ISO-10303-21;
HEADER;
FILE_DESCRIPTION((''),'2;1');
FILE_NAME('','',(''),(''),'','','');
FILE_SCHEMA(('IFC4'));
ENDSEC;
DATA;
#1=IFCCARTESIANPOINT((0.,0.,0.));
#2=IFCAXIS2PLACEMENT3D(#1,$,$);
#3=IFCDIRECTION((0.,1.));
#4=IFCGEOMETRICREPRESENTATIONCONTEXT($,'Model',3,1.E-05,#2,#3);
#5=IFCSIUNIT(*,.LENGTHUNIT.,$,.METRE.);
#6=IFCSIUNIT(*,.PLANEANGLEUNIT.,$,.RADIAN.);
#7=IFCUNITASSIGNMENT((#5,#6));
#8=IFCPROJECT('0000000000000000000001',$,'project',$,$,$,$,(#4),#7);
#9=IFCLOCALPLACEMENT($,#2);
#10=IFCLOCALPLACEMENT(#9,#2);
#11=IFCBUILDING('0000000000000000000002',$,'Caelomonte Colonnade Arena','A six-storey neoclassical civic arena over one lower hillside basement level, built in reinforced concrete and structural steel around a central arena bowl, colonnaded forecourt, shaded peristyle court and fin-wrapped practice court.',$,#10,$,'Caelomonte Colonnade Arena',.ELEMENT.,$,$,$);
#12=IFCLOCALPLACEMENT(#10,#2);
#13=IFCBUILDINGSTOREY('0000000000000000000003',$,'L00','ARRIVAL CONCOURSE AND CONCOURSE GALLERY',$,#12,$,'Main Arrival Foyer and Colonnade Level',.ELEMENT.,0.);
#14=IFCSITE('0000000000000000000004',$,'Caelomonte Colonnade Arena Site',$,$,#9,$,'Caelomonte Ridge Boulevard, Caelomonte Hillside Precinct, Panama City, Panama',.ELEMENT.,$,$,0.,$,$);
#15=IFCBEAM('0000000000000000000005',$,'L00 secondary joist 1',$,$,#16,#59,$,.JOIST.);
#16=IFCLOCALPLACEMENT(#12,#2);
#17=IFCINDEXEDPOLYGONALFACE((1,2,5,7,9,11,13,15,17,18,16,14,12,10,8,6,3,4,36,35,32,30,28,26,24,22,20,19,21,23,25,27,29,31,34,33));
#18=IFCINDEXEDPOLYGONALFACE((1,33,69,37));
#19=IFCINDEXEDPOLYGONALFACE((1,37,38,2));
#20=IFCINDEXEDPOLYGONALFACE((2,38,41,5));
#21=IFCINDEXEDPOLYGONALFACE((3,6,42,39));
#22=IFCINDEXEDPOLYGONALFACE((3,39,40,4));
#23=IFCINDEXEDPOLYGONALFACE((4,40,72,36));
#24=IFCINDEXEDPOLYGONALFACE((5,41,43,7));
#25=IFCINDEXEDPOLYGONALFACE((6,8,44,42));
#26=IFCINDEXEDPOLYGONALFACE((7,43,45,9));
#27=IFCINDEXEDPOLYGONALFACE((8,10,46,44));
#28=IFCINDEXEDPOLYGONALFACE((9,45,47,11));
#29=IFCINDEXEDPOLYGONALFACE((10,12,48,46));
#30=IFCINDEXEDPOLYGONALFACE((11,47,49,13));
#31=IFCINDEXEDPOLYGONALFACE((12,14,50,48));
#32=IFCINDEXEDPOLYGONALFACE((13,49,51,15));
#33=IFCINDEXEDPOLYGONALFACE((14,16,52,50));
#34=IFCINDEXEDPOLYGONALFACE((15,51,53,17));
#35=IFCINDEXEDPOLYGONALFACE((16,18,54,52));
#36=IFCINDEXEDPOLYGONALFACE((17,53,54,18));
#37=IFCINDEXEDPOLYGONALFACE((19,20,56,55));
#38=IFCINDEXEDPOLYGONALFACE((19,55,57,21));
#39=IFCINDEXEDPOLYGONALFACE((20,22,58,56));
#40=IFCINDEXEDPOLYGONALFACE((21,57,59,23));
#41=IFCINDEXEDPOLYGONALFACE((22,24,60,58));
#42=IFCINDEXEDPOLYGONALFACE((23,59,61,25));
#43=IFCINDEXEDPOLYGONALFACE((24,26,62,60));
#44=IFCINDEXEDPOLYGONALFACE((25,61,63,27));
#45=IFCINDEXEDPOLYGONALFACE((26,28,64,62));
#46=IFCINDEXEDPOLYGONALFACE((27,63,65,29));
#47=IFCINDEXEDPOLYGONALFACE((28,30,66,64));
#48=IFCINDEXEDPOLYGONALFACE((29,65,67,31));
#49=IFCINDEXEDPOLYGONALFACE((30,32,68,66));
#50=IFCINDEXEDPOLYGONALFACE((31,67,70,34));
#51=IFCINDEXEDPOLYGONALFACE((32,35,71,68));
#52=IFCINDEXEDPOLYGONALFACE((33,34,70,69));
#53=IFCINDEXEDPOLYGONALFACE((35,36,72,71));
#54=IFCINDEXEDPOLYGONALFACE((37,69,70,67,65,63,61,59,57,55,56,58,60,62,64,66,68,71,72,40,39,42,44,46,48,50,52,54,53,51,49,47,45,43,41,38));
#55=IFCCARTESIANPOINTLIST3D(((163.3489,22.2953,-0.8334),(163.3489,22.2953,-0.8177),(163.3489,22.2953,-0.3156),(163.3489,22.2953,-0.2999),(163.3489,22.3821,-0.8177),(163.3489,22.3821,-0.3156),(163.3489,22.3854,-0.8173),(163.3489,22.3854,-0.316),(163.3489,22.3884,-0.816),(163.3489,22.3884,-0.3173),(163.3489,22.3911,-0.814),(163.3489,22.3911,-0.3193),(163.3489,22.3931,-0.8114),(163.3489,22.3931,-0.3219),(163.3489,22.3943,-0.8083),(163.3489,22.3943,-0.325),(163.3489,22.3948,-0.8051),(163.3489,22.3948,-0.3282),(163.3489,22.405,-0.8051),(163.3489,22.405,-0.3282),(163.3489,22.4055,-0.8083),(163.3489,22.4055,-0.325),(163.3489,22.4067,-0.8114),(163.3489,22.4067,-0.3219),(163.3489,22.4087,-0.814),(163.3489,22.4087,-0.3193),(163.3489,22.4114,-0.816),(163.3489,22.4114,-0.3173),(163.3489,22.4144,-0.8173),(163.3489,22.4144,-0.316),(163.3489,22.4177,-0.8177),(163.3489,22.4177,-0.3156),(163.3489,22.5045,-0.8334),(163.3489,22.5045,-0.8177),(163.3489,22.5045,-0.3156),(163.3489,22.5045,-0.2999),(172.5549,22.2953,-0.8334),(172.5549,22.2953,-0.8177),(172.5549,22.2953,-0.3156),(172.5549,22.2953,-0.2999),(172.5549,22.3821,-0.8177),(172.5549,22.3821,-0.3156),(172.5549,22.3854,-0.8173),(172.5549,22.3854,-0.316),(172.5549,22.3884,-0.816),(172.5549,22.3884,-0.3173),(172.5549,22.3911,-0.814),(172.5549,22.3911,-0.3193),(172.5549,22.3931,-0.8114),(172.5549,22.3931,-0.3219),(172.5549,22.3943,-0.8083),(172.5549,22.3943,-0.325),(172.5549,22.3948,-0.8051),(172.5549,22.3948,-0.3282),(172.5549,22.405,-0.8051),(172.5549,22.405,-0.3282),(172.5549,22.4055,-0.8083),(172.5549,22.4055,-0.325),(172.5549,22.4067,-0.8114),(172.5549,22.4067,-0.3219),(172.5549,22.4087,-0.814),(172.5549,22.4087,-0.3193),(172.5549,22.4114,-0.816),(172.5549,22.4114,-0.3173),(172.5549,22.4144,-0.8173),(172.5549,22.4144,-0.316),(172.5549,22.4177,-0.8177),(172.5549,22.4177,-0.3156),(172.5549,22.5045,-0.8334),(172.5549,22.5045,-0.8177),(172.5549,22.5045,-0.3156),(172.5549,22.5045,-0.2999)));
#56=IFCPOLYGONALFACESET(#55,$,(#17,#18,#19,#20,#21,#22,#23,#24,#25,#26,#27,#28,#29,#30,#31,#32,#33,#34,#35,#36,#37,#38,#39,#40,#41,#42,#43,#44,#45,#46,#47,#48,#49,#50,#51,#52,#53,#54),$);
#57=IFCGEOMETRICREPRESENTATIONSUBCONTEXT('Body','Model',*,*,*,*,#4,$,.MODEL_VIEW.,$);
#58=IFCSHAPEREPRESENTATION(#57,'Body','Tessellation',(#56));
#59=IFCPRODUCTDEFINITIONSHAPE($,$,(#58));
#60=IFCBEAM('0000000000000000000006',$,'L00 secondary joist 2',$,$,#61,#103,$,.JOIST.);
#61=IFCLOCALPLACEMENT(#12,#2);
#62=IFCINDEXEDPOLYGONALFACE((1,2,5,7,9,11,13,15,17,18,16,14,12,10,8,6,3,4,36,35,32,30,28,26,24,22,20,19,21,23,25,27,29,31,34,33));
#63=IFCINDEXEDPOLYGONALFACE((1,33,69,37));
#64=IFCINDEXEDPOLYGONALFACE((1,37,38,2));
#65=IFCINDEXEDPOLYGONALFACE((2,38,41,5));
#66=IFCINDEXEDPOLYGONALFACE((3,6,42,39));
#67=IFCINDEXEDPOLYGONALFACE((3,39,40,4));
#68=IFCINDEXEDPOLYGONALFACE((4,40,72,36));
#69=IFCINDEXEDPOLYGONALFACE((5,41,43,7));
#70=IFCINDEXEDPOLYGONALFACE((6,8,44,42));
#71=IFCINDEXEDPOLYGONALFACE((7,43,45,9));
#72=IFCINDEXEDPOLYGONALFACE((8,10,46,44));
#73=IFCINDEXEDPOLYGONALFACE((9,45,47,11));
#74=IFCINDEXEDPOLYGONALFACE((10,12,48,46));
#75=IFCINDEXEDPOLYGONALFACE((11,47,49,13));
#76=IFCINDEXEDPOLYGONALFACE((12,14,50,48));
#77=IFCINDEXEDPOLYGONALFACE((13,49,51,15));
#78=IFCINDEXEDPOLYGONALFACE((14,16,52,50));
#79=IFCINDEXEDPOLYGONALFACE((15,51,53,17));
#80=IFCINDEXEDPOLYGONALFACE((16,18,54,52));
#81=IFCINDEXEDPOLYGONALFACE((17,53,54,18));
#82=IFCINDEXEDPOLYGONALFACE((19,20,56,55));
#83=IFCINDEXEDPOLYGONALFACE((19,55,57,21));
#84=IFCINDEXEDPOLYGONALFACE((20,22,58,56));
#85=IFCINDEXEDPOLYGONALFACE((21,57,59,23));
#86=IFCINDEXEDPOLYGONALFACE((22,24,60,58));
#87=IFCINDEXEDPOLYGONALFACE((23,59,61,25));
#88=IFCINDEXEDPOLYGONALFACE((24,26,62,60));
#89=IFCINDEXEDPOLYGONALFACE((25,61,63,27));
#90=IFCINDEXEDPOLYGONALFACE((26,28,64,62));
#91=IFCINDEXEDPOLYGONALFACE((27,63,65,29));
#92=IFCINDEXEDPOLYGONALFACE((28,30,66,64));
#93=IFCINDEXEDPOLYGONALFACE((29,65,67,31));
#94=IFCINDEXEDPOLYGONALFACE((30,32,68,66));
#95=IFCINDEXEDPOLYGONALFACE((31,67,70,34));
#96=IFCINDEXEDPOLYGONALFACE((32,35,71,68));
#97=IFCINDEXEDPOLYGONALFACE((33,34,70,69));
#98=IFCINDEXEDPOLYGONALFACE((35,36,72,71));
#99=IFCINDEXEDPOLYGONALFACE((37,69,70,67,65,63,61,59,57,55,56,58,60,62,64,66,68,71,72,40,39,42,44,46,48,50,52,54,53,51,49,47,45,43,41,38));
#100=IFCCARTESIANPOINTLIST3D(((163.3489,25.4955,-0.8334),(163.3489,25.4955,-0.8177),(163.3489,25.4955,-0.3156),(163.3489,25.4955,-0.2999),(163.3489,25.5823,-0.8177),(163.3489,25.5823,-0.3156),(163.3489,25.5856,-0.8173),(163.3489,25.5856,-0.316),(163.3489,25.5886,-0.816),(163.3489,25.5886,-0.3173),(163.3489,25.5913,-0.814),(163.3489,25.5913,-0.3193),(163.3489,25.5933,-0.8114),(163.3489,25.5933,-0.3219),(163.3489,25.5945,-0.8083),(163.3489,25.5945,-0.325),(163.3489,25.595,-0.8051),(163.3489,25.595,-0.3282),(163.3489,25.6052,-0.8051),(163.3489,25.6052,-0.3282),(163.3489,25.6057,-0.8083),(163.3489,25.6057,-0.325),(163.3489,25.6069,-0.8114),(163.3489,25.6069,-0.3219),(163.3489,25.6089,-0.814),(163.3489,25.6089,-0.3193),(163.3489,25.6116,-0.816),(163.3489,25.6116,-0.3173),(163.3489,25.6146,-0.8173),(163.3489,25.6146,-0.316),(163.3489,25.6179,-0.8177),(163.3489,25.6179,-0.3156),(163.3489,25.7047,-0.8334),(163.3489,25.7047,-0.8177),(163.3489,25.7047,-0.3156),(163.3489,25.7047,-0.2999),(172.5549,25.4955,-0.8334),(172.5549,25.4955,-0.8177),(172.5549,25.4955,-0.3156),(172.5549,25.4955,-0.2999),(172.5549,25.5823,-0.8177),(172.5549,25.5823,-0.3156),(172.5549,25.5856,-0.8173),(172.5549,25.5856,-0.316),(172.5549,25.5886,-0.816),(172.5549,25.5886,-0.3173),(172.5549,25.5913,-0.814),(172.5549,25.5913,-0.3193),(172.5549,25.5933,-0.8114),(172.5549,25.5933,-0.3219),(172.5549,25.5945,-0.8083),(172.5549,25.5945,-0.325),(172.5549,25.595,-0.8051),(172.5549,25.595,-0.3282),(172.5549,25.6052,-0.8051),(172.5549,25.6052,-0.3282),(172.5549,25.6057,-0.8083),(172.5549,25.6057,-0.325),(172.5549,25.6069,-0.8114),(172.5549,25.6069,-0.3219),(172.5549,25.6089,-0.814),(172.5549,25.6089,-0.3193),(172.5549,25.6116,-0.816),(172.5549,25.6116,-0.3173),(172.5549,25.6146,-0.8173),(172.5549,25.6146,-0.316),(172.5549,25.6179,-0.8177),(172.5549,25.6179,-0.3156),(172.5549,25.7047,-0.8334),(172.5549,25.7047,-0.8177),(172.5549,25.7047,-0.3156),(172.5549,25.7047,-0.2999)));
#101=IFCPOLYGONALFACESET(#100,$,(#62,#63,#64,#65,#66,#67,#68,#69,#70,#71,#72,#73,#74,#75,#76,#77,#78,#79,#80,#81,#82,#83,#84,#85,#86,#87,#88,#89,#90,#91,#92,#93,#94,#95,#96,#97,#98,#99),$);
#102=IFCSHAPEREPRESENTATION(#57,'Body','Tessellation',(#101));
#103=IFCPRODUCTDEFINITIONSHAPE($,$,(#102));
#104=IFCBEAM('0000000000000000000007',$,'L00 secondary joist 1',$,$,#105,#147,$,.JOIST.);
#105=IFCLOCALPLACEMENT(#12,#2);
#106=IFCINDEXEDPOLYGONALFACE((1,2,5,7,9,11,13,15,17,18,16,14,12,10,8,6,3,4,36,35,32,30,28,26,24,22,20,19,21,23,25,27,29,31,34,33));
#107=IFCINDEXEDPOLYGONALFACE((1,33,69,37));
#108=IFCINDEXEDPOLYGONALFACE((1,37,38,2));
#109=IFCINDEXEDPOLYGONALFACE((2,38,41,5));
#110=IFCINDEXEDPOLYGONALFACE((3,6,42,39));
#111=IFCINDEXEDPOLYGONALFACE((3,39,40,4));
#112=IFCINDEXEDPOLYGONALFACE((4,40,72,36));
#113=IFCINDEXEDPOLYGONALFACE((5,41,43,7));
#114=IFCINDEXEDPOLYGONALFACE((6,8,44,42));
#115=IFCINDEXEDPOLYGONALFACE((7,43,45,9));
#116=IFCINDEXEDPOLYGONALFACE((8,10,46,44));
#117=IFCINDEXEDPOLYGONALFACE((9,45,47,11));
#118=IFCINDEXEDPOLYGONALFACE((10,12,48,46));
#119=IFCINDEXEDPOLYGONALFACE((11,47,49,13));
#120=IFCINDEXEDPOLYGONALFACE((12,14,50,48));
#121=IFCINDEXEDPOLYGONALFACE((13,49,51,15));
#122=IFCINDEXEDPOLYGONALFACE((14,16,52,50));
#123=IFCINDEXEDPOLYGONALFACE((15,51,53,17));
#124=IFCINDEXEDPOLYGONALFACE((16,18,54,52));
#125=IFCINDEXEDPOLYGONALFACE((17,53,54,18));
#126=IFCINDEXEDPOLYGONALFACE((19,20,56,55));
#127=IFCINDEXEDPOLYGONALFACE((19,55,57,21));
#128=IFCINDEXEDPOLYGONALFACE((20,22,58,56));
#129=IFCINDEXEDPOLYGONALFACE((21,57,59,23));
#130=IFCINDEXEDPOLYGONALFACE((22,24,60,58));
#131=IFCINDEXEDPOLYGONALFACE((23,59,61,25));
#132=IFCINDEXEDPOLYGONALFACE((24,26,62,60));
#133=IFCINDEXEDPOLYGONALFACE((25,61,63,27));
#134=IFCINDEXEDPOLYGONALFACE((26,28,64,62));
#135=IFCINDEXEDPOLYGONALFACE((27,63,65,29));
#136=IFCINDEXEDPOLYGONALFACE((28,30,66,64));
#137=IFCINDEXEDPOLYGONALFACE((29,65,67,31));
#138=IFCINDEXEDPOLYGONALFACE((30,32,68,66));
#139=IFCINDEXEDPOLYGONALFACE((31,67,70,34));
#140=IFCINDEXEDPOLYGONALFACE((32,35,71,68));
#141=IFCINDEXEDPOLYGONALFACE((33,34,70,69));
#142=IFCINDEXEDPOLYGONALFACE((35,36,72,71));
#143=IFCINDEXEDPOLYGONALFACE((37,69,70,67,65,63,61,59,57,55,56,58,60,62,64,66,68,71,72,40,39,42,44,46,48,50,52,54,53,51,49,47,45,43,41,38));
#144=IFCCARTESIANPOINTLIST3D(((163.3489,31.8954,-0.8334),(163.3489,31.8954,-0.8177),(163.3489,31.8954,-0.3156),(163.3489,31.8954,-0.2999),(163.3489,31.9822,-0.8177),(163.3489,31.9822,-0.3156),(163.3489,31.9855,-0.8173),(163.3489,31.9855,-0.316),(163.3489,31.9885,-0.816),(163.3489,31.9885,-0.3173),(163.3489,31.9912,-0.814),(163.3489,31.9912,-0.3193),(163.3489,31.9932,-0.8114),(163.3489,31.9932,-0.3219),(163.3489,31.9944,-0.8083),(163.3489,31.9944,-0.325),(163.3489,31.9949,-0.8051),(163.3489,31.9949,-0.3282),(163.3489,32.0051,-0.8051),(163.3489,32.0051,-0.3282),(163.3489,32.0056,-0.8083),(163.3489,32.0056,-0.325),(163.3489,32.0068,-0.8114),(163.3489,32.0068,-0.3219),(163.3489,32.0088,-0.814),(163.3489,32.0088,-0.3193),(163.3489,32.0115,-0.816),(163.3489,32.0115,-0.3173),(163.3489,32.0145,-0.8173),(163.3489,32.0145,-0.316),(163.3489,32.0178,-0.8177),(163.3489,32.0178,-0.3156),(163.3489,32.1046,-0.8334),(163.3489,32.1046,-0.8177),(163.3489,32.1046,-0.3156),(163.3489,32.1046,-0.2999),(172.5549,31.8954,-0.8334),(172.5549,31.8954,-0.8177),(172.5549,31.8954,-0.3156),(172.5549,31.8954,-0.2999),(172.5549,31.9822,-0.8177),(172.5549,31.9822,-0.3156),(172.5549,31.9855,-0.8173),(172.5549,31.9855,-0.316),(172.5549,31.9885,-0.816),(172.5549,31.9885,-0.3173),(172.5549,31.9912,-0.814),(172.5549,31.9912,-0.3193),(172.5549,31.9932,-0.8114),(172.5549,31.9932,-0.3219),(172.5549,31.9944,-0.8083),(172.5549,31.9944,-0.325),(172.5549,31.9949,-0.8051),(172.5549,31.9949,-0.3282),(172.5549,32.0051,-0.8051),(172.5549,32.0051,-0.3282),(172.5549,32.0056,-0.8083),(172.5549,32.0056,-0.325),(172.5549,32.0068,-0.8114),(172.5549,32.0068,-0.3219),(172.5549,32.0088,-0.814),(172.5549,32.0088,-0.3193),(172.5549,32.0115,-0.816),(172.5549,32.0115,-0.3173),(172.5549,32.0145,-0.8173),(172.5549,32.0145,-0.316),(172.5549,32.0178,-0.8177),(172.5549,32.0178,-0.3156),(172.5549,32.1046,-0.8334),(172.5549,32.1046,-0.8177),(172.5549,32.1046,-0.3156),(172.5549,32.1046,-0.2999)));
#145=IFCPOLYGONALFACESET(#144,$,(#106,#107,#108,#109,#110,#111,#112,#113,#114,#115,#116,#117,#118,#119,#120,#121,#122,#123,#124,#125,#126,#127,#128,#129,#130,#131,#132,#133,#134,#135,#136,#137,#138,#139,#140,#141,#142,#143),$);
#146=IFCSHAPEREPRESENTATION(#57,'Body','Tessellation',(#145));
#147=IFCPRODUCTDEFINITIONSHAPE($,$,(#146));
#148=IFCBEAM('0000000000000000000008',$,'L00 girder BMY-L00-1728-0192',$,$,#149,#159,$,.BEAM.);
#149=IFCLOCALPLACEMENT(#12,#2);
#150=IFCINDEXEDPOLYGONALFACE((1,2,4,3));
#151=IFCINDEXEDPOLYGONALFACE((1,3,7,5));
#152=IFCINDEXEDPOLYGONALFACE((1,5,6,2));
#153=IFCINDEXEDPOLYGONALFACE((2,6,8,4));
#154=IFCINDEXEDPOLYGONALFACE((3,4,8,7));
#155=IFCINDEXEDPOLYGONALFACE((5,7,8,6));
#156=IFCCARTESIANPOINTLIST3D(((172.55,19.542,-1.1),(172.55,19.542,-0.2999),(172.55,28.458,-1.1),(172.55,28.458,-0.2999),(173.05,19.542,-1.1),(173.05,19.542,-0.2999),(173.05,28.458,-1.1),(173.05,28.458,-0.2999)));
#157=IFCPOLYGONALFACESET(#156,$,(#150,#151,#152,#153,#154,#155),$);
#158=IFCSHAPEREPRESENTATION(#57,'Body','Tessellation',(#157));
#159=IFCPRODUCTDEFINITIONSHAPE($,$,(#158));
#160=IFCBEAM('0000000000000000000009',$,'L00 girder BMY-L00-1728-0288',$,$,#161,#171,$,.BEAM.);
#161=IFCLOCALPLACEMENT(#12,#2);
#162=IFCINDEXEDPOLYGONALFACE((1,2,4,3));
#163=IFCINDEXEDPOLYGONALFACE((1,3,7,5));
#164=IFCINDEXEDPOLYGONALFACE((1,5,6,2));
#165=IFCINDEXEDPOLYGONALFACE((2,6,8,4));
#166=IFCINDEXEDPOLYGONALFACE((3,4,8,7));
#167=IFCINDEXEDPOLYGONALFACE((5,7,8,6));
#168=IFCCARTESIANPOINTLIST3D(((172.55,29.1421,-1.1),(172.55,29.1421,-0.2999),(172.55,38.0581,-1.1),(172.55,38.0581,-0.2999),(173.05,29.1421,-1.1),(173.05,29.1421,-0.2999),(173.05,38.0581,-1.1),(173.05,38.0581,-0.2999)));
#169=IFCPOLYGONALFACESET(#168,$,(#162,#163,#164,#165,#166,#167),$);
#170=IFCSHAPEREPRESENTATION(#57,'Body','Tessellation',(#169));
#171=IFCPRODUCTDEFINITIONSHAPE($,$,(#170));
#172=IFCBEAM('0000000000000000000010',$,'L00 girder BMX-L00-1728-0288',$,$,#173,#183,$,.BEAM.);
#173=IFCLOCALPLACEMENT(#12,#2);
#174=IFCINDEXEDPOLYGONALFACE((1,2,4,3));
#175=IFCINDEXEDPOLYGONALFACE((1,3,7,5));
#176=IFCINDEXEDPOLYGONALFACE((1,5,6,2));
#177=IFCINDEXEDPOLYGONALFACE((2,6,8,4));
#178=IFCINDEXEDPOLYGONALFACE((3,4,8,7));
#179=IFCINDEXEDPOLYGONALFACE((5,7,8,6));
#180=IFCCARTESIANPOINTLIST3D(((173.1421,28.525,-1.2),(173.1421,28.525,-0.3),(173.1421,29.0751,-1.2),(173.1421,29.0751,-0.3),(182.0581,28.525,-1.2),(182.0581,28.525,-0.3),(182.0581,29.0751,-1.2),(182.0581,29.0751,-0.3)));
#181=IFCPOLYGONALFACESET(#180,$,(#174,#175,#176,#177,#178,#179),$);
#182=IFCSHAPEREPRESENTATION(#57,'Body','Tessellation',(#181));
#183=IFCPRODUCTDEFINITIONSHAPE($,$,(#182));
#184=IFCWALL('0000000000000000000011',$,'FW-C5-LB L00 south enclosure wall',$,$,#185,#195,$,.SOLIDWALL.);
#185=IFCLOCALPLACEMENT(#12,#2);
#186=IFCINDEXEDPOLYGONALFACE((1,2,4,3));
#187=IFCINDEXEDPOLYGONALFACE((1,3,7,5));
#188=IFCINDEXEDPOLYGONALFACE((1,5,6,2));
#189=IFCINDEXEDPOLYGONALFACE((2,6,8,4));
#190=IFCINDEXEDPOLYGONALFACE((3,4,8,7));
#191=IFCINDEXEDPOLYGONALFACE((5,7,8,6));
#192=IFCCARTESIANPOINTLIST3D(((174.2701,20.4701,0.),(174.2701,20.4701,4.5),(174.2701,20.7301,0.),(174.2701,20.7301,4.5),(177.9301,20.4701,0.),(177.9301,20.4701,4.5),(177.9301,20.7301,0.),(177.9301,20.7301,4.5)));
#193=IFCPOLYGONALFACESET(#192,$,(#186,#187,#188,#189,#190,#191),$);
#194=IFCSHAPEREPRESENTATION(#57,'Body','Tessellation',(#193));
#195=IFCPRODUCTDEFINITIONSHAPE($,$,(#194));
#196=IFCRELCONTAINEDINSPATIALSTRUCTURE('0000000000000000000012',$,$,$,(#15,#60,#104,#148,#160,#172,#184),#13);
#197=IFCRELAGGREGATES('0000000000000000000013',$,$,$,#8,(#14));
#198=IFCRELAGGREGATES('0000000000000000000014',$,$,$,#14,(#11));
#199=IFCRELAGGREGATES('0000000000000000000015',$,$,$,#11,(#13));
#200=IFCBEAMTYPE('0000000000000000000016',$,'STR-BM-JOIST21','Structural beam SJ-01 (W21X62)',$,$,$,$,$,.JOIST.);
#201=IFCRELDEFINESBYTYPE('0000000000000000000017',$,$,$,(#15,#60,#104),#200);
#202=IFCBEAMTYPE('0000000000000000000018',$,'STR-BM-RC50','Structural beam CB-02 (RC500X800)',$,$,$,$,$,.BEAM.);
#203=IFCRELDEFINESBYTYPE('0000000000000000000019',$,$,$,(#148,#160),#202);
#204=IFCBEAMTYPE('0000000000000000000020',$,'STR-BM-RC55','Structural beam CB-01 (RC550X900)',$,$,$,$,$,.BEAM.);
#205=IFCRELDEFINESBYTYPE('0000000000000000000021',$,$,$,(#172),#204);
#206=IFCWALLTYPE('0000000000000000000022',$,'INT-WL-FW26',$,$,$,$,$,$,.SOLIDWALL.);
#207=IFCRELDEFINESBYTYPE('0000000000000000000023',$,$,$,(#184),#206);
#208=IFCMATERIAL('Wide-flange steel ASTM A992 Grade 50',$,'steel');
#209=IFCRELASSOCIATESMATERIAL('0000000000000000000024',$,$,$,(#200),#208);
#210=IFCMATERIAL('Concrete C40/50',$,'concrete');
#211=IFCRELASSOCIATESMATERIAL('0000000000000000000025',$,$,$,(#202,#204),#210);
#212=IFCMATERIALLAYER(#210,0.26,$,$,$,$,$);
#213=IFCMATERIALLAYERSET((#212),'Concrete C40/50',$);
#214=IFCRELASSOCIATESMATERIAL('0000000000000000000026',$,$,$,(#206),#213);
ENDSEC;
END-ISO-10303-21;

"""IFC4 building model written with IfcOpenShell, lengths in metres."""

from ifc_helpers import new_model, si_unit, direction, frame, frame_2d, origin, origin_2d, place, context, subcontext, project, spatial, rectangle, i_section, extrude, material, layer, layer_set, material_profile, profile_set, type_object, element, save


model = new_model("IFC4")

# Units and contexts
model_context = context("Model", 3, precision=1e-05, world=origin(), true_north=direction((0.0, 1.0)))
body_context = subcontext(model_context, "Body", "Model", "MODEL_VIEW")
ifc_project = project(units=[si_unit("LENGTHUNIT", "METRE"), si_unit("PLANEANGLEUNIT", "RADIAN")], contexts=[model_context])

# Site, building, storey
site_placement = place(None, origin())
site = spatial("IfcSite", under=ifc_project, at=site_placement, Name="Caelomonte Colonnade Arena Site", LongName="Caelomonte Ridge Boulevard, Caelomonte Hillside Precinct, Panama City, Panama", CompositionType="ELEMENT", RefElevation=0.0)
building_placement = place(site_placement, origin())
building = spatial("IfcBuilding", under=site, at=building_placement, Name="Caelomonte Colonnade Arena", Description="A six-storey neoclassical civic arena over one lower hillside basement level, built in reinforced concrete and structural steel around a central arena bowl, colonnaded forecourt, shaded peristyle court and fin-wrapped practice court.", LongName="Caelomonte Colonnade Arena", CompositionType="ELEMENT")
storey_placement = place(building_placement, origin())
storey = spatial("IfcBuildingStorey", under=building, at=storey_placement, Name="L00", Description="ARRIVAL CONCOURSE AND CONCOURSE GALLERY", LongName="Main Arrival Foyer and Colonnade Level", CompositionType="ELEMENT", Elevation=0.0)

# Shared definitions
ifc_material_1 = material(Name="Concrete C40/50", Category="concrete")

# Beams
ifc_material_2 = material(Name="Wide-flange steel ASTM A992 Grade 50", Category="steel")
ifc_material_profile_1 = material_profile(ifc_material_2, i_section(OverallWidth=0.2092, OverallDepth=0.5334, WebThickness=0.0103, FlangeThickness=0.0156, FilletRadius=0.0127, at=origin_2d()), Name="W21X62")
ifc_profile_set_1 = profile_set([ifc_material_profile_1], Name="Wide-flange steel ASTM A992 Grade 50")
beam_type_1 = type_object("IfcBeamType", Name="STR-BM-JOIST21", Description="Structural beam SJ-01 (W21X62)", PredefinedType="JOIST", material=ifc_profile_set_1)
for number, where, z_axis, x_axis, name in (
    (1, (163.3489, 22.3999, -0.5667), (1.0, 0.0, 0.0), (0.0, 1.0, 0.0), "L00 secondary joist 1"),
    (2, (163.3489, 25.6001, -0.5667), (1.0, 0.0, 0.0), (0.0, 1.0, 0.0), "L00 secondary joist 2"),
    (3, (163.3489, 32.0, -0.5667), (1.0, 0.0, 0.0), (0.0, 1.0, 0.0), "L00 secondary joist 1"),
):
    element("IfcBeam", number, at=place(storey_placement, frame(where, z_axis=z_axis, x_axis=x_axis)), inside=storey, type_object=beam_type_1, Name=name, PredefinedType="JOIST", context=body_context, shape_type="SweptSolid", body=[
        extrude(i_section(OverallWidth=0.2092, OverallDepth=0.5334, WebThickness=0.0103, FlangeThickness=0.0156, FilletRadius=0.0127, at=origin_2d()), origin(), (0.0, 0.0, 1.0), 9.2061),
    ])
ifc_material_profile_2 = material_profile(ifc_material_1, rectangle(XDim=0.5, YDim=0.8, at=origin_2d()), Name="RC500X800")
ifc_profile_set_2 = profile_set([ifc_material_profile_2], Name="Concrete C40/50")
beam_type_2 = type_object("IfcBeamType", Name="STR-BM-RC50", Description="Structural beam CB-02 (RC500X800)", PredefinedType="BEAM", material=ifc_profile_set_2)
for number, where, z_axis, x_axis, name in (
    (4, (172.8, 19.542, -0.7), (0.0, 1.0, 0.0), (-1.0, 0.0, 0.0), "L00 girder BMY-L00-1728-0192"),
    (5, (172.8, 29.1421, -0.7), (0.0, 1.0, 0.0), (-1.0, 0.0, 0.0), "L00 girder BMY-L00-1728-0288"),
):
    element("IfcBeam", number, at=place(storey_placement, frame(where, z_axis=z_axis, x_axis=x_axis)), inside=storey, type_object=beam_type_2, Name=name, PredefinedType="BEAM", context=body_context, shape_type="SweptSolid", body=[
        extrude(rectangle(XDim=0.5, YDim=0.8, at=origin_2d()), origin(), (0.0, 0.0, 1.0), 8.916),
    ])
ifc_material_profile_3 = material_profile(ifc_material_1, rectangle(XDim=0.55, YDim=0.8999, at=origin_2d()), Name="RC550X900")
ifc_profile_set_3 = profile_set([ifc_material_profile_3], Name="Concrete C40/50")
beam_type_3 = type_object("IfcBeamType", Name="STR-BM-RC55", Description="Structural beam CB-01 (RC550X900)", PredefinedType="BEAM", material=ifc_profile_set_3)
beam_1_placement = place(storey_placement, frame((173.1421, 28.8, -0.75), z_axis=(1.0, 0.0, 0.0), x_axis=(0.0, 1.0, 0.0)))
element("IfcBeam", 6, at=beam_1_placement, inside=storey, type_object=beam_type_3, Name="L00 girder BMX-L00-1728-0288", PredefinedType="BEAM", context=body_context, shape_type="SweptSolid", body=[
    extrude(rectangle(XDim=0.55, YDim=0.8999, at=origin_2d()), origin(), (0.0, 0.0, 1.0), 8.916),
])

# Wall
ifc_layer_1 = layer(ifc_material_1, 0.26)
ifc_layer_set_1 = layer_set([ifc_layer_1], Name="Concrete C40/50")
wall_type_1 = type_object("IfcWallType", Name="INT-WL-FW26", PredefinedType="SOLIDWALL", material=ifc_layer_set_1)
wall_1_placement = place(storey_placement, frame((174.27, 20.6001, 0.0), z_axis=(0.0, 0.0, 1.0), x_axis=(1.0, 0.0, 0.0)))
element("IfcWall", 7, at=wall_1_placement, inside=storey, type_object=wall_type_1, Name="FW-C5-LB L00 south enclosure wall", PredefinedType="SOLIDWALL", context=body_context, shape_type="SweptSolid", body=[
    extrude(rectangle(XDim=3.6599, YDim=0.26, at=frame_2d((1.8301, 0.0))), origin(), (0.0, 0.0, 1.0), 4.5),
])

save(model, "model.ifc")
